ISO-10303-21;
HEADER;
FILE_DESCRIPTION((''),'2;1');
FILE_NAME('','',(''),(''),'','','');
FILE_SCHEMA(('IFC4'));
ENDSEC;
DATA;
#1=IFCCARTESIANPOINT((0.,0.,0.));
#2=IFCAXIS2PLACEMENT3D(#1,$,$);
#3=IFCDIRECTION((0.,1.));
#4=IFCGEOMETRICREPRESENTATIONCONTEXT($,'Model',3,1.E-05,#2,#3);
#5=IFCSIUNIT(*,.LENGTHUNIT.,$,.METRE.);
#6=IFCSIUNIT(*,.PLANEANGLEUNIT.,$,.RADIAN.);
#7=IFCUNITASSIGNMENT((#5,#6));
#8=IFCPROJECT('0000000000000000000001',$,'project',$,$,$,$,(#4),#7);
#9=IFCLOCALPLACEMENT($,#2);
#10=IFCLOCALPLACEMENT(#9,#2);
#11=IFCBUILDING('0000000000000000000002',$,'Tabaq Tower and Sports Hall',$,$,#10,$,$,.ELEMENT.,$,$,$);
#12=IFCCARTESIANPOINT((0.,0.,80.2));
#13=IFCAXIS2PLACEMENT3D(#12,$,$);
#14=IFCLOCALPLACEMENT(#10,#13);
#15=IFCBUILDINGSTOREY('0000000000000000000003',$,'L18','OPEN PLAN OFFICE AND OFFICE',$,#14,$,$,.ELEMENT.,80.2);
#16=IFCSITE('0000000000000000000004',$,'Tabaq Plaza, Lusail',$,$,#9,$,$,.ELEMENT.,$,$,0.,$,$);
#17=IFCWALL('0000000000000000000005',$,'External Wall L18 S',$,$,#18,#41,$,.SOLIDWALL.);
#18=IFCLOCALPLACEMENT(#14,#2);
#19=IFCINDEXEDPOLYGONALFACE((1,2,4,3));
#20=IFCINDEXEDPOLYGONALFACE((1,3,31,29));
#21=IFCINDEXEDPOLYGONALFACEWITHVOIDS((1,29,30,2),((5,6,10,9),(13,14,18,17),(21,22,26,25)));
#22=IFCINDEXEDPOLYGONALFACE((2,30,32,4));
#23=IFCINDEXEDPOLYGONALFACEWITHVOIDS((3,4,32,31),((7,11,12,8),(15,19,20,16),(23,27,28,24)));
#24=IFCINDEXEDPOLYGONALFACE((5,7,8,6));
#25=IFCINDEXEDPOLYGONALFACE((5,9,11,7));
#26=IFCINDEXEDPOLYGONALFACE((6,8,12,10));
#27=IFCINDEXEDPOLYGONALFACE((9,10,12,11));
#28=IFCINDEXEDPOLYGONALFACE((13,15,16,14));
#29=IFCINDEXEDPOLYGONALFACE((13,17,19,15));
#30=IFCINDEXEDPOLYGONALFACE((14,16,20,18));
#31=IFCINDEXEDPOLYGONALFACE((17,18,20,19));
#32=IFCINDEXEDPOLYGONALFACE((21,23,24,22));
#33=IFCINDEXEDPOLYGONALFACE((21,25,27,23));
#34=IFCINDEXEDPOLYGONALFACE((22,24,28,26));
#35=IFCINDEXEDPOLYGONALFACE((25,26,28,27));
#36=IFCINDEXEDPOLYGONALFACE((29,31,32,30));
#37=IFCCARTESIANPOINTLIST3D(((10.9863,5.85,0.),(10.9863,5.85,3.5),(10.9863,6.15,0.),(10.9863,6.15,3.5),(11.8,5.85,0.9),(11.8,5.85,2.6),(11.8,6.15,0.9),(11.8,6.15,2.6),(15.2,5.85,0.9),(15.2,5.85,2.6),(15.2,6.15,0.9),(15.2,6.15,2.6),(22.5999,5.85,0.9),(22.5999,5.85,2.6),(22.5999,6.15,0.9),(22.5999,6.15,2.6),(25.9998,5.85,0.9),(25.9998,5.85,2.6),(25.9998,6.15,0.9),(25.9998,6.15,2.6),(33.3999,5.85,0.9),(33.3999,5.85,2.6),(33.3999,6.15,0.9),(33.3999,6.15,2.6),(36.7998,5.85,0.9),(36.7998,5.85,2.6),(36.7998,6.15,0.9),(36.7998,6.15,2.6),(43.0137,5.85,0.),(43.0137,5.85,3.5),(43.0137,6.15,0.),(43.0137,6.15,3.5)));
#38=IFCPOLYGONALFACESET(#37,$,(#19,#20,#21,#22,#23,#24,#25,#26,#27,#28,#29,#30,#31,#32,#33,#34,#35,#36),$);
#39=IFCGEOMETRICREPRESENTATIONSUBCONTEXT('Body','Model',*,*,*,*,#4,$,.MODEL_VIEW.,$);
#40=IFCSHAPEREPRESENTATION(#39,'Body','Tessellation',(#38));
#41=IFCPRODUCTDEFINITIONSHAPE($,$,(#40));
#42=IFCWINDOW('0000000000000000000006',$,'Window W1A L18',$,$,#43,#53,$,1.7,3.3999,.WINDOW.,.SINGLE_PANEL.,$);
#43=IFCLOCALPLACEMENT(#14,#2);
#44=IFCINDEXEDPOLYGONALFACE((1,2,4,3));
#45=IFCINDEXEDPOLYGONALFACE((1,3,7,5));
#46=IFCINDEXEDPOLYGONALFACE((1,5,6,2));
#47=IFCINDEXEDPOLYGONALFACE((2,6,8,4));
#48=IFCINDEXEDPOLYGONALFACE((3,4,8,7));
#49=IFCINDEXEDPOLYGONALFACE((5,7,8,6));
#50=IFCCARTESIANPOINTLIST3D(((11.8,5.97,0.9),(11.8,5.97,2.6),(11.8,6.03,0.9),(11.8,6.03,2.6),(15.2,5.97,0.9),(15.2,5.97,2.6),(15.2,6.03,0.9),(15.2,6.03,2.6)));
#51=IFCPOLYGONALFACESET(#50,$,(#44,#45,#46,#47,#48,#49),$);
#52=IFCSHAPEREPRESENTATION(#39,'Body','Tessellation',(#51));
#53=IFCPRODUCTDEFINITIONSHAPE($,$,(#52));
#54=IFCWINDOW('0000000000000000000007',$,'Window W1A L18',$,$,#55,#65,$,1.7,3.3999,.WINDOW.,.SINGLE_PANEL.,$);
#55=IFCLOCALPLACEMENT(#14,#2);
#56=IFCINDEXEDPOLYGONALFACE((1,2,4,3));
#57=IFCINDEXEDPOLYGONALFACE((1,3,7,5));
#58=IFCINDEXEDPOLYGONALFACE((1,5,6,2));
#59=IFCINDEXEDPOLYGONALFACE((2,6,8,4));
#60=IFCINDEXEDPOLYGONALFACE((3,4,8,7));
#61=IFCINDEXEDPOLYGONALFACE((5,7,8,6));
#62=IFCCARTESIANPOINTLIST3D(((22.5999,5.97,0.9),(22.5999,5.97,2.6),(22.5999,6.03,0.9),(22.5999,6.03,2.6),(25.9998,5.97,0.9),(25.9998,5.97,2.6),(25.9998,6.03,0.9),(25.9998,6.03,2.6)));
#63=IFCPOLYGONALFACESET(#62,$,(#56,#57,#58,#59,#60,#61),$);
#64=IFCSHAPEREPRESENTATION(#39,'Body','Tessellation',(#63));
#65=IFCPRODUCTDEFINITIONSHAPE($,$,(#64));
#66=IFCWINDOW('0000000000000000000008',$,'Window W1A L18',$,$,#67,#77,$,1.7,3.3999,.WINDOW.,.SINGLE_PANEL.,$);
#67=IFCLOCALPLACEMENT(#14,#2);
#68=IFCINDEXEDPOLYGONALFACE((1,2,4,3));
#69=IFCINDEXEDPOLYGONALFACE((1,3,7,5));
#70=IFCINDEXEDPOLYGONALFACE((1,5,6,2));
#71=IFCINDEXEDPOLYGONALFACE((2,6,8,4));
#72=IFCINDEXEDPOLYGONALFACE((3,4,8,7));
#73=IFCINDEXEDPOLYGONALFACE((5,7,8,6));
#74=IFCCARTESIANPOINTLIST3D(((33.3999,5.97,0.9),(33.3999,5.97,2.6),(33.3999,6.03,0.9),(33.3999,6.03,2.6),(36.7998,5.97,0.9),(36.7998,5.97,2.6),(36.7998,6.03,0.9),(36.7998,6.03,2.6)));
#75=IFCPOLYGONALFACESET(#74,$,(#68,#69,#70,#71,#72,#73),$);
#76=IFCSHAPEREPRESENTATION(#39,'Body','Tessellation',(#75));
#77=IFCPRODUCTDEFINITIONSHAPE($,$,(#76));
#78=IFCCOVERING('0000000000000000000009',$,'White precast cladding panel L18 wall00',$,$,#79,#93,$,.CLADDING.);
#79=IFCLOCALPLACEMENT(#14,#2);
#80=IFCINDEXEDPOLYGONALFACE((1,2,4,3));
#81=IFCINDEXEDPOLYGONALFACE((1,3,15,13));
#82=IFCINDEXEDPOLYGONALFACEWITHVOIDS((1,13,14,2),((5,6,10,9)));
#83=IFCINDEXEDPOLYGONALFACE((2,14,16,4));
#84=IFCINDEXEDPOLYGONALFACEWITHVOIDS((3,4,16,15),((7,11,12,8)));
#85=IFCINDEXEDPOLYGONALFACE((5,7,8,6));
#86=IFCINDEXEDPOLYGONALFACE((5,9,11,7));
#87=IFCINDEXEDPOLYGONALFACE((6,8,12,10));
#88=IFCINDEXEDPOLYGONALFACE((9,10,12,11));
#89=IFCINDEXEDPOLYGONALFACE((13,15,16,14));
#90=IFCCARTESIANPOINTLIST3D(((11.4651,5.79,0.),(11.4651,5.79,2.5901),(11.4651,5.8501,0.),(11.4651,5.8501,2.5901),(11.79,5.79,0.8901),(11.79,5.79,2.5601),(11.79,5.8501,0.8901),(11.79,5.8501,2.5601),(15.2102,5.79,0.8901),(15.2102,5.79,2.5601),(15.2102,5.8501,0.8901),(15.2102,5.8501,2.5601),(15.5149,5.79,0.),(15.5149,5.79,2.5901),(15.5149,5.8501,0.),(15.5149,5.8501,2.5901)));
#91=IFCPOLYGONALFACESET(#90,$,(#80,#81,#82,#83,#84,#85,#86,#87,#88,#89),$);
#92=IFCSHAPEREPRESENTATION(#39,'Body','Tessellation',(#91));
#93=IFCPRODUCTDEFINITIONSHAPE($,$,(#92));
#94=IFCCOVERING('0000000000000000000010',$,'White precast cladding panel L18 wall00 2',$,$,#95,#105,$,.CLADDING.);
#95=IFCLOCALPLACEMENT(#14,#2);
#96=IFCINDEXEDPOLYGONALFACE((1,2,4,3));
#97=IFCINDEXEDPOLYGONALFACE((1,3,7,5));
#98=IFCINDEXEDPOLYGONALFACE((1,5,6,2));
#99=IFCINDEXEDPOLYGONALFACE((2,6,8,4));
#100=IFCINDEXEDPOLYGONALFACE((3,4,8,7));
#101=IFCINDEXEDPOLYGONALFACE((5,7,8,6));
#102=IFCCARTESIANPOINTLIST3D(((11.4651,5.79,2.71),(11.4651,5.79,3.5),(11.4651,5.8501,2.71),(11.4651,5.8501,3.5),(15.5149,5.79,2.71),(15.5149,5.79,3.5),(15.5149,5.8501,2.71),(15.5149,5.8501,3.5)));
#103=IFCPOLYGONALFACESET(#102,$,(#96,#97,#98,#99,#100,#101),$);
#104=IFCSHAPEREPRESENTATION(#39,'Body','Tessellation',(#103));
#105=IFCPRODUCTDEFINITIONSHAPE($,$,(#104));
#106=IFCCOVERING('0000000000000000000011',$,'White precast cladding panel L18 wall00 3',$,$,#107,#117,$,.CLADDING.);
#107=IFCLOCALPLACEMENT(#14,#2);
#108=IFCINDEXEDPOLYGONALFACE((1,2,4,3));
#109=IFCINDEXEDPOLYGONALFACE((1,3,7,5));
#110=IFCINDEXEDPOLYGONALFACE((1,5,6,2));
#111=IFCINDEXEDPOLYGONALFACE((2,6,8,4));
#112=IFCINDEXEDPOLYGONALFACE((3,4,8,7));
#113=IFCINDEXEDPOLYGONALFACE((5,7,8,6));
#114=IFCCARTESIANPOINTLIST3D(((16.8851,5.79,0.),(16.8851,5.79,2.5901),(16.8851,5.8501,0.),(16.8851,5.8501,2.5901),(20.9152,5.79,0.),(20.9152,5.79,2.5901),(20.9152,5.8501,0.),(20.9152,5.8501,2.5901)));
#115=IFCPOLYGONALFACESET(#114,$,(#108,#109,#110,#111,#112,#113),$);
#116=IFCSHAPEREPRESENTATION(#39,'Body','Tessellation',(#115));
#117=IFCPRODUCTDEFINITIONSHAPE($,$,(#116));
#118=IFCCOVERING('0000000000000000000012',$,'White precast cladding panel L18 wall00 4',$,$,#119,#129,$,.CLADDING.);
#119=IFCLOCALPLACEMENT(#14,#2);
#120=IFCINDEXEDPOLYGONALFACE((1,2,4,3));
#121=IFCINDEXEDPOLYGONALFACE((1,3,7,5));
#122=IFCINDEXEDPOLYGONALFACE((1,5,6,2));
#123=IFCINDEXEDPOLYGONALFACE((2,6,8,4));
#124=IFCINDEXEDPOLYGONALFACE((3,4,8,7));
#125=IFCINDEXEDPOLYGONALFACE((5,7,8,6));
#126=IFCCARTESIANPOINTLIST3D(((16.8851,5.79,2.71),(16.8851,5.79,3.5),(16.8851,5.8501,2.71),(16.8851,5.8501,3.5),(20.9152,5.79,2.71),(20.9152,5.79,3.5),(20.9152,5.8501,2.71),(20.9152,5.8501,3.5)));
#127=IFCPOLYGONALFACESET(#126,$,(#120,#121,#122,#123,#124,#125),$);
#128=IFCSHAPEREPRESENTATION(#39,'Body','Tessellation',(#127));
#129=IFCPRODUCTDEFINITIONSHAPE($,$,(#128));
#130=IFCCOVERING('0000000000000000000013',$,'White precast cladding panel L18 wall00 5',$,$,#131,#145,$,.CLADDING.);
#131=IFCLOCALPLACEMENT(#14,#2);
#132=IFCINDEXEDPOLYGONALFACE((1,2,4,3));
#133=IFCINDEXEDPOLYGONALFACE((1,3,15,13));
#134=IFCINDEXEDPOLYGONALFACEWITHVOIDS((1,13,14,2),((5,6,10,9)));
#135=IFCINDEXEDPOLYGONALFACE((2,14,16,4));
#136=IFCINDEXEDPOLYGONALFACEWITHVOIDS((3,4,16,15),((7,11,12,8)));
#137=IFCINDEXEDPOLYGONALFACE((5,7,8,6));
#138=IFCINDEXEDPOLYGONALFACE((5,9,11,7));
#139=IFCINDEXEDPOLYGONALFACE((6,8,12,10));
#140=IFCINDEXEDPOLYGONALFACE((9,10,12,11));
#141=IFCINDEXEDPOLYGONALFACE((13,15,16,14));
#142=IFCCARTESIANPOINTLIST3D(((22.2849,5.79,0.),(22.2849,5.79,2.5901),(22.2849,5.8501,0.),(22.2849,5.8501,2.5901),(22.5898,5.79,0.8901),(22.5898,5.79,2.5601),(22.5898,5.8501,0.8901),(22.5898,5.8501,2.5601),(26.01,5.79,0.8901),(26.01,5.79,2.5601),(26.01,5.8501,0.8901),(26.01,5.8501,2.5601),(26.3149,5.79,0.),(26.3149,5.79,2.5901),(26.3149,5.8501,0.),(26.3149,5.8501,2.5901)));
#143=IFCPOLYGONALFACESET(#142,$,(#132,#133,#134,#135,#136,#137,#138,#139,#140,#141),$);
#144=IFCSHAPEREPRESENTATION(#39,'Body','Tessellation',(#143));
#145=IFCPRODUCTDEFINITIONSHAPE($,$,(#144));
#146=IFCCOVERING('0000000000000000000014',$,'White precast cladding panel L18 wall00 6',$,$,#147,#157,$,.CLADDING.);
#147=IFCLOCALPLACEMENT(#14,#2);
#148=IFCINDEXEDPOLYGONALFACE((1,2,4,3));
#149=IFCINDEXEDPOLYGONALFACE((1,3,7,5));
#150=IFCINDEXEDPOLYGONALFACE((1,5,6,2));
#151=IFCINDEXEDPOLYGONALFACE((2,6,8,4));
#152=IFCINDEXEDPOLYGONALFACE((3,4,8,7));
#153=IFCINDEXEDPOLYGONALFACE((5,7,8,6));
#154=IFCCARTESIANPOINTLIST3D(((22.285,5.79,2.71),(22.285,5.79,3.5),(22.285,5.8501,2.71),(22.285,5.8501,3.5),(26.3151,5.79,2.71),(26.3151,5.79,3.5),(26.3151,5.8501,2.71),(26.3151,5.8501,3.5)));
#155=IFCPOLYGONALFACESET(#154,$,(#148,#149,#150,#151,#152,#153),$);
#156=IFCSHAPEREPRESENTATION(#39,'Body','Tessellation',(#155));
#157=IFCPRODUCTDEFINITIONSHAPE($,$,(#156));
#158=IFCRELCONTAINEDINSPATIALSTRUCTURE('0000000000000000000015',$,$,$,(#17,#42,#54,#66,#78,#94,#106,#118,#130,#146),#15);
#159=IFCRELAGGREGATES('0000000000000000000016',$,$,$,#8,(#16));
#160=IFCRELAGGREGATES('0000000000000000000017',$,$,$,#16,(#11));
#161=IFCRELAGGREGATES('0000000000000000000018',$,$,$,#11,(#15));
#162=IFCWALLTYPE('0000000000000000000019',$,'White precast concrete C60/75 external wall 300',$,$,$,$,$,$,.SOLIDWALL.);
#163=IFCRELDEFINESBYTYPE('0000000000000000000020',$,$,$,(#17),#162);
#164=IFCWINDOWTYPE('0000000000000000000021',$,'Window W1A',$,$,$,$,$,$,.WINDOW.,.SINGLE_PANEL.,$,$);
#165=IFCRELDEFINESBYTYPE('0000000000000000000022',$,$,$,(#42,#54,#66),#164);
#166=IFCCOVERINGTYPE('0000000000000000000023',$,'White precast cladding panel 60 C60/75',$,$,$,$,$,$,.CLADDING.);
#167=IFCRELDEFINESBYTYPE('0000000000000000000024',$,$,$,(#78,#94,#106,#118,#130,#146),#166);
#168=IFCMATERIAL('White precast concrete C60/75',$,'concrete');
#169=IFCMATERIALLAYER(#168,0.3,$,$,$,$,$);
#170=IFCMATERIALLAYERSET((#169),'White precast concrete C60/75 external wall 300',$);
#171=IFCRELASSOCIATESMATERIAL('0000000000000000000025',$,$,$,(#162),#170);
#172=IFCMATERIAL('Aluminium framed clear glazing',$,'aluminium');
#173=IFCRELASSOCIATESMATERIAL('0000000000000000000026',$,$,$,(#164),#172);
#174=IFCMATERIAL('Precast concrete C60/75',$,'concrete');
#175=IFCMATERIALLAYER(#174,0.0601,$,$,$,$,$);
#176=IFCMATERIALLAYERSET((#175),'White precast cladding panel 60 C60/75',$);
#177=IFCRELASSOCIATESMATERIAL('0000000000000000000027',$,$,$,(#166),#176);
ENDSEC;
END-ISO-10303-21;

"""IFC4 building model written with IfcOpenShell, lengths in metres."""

from ifc_helpers import new_model, si_unit, direction, frame, frame_2d, origin, place, context, subcontext, project, spatial, polyline, rectangle, outline, extrude, material, layer, layer_set, type_object, element, fill, save


model = new_model("IFC4")

# Units and contexts
model_context = context("Model", 3, precision=1e-05, world=origin(), true_north=direction((0.0, 1.0)))
body_context = subcontext(model_context, "Body", "Model", "MODEL_VIEW")
ifc_project = project(units=[si_unit("LENGTHUNIT", "METRE"), si_unit("PLANEANGLEUNIT", "RADIAN")], contexts=[model_context])

# Site, building, storey
site_placement = place(None, origin())
site = spatial("IfcSite", under=ifc_project, at=site_placement, Name="Tabaq Plaza, Lusail", CompositionType="ELEMENT", RefElevation=0.0)
building_placement = place(site_placement, origin())
building = spatial("IfcBuilding", under=site, at=building_placement, Name="Tabaq Tower and Sports Hall", CompositionType="ELEMENT")
storey_placement = place(building_placement, frame((0.0, 0.0, 80.2)))
storey = spatial("IfcBuildingStorey", under=building, at=storey_placement, Name="L18", Description="OPEN PLAN OFFICE AND OFFICE", CompositionType="ELEMENT", Elevation=80.2)

# Wall, openings, windows
ifc_material_1 = material(Name="White precast concrete C60/75", Category="concrete")
ifc_layer_1 = layer(ifc_material_1, 0.3)
ifc_layer_set_1 = layer_set([ifc_layer_1], Name="White precast concrete C60/75 external wall 300")
wall_type_1 = type_object("IfcWallType", Name="White precast concrete C60/75 external wall 300", PredefinedType="SOLIDWALL", material=ifc_layer_set_1)
wall_1_placement = place(storey_placement, frame((10.9863, 6.0, 0.0), z_axis=(0.0, 0.0, 1.0), x_axis=(1.0, 0.0, 0.0)))
wall_1 = element("IfcWall", 1, at=wall_1_placement, inside=storey, type_object=wall_type_1, Name="External Wall L18 S", PredefinedType="SOLIDWALL", context=body_context, shape_type="SweptSolid", body=[
    extrude(rectangle(XDim=32.0273, YDim=0.3, at=frame_2d((16.0137, 0.0))), origin(), (0.0, 0.0, 1.0), 3.5),
])
opening_1_placement = place(wall_1_placement, frame((0.8137, 0.0, 0.8999)))
opening_1 = element("IfcOpeningElement", 2, at=opening_1_placement, cuts=wall_1, PredefinedType="OPENING", context=body_context, shape_type="SweptSolid", body=[
    extrude(rectangle(XDim=3.3999, YDim=1.7, at=frame_2d((1.7, 0.8501))), frame((0.0, 0.1602, 0.0), z_axis=(0.0, -1.0, 0.0), x_axis=(1.0, 0.0, 0.0)), (0.0, 0.0, 1.0), 0.3201),
])
opening_2_placement = place(wall_1_placement, frame((11.6135, 0.0, 0.8999)))
opening_2 = element("IfcOpeningElement", 3, at=opening_2_placement, cuts=wall_1, PredefinedType="OPENING", context=body_context, shape_type="SweptSolid", body=[
    extrude(rectangle(XDim=3.3999, YDim=1.7, at=frame_2d((1.7, 0.8501))), frame((0.0, 0.1602, 0.0), z_axis=(0.0, -1.0, 0.0), x_axis=(1.0, 0.0, 0.0)), (0.0, 0.0, 1.0), 0.3201),
])
opening_3_placement = place(wall_1_placement, frame((22.4136, 0.0, 0.8999)))
opening_3 = element("IfcOpeningElement", 4, at=opening_3_placement, cuts=wall_1, PredefinedType="OPENING", context=body_context, shape_type="SweptSolid", body=[
    extrude(rectangle(XDim=3.3999, YDim=1.7, at=frame_2d((1.7, 0.8501))), frame((0.0, 0.1602, 0.0), z_axis=(0.0, -1.0, 0.0), x_axis=(1.0, 0.0, 0.0)), (0.0, 0.0, 1.0), 0.3201),
])
ifc_material_2 = material(Name="Aluminium framed clear glazing", Category="aluminium")
window_type = type_object("IfcWindowType", Name="Window W1A", PartitioningType="SINGLE_PANEL", PredefinedType="WINDOW", material=ifc_material_2)
window_1_placement = place(opening_1_placement, origin())
window_1 = element("IfcWindow", 5, at=window_1_placement, inside=storey, type_object=window_type, Name="Window W1A L18", OverallHeight=1.7, OverallWidth=3.3999, PartitioningType="SINGLE_PANEL", PredefinedType="WINDOW", context=body_context, shape_type="SweptSolid", body=[
    extrude(rectangle(XDim=3.3999, YDim=1.7, at=frame_2d((1.7, 0.8501))), frame((0.0, 0.03, 0.0), z_axis=(0.0, -1.0, 0.0), x_axis=(1.0, 0.0, 0.0)), (0.0, 0.0, 1.0), 0.0601),
])
fill(opening_1, window_1)
window_2_placement = place(opening_2_placement, origin())
window_2 = element("IfcWindow", 6, at=window_2_placement, inside=storey, type_object=window_type, Name="Window W1A L18", OverallHeight=1.7, OverallWidth=3.3999, PartitioningType="SINGLE_PANEL", PredefinedType="WINDOW", context=body_context, shape_type="SweptSolid", body=[
    extrude(rectangle(XDim=3.3999, YDim=1.7, at=frame_2d((1.7, 0.8501))), frame((0.0, 0.03, 0.0), z_axis=(0.0, -1.0, 0.0), x_axis=(1.0, 0.0, 0.0)), (0.0, 0.0, 1.0), 0.0601),
])
fill(opening_2, window_2)
window_3_placement = place(opening_3_placement, origin())
window_3 = element("IfcWindow", 7, at=window_3_placement, inside=storey, type_object=window_type, Name="Window W1A L18", OverallHeight=1.7, OverallWidth=3.3999, PartitioningType="SINGLE_PANEL", PredefinedType="WINDOW", context=body_context, shape_type="SweptSolid", body=[
    extrude(rectangle(XDim=3.3999, YDim=1.7, at=frame_2d((1.7, 0.8501))), frame((0.0, 0.03, 0.0), z_axis=(0.0, -1.0, 0.0), x_axis=(1.0, 0.0, 0.0)), (0.0, 0.0, 1.0), 0.0601),
])
fill(opening_3, window_3)

# Coverings
ifc_material_3 = material(Name="Precast concrete C60/75", Category="concrete")
ifc_layer_2 = layer(ifc_material_3, 0.0601)
ifc_layer_set_2 = layer_set([ifc_layer_2], Name="White precast cladding panel 60 C60/75")
covering_type = type_object("IfcCoveringType", Name="White precast cladding panel 60 C60/75", PredefinedType="CLADDING", material=ifc_layer_set_2)
covering_1_placement = place(storey_placement, frame((11.4651, 5.8201, 0.0), z_axis=(0.0, 0.0, 1.0), x_axis=(1.0, 0.0, 0.0)))
element("IfcCovering", 8, at=covering_1_placement, inside=storey, type_object=covering_type, Name="White precast cladding panel L18 wall00", PredefinedType="CLADDING", context=body_context, shape_type="SweptSolid", body=[
    extrude(outline(polyline([(0.0, 0.0), (4.0498, 0.0), (4.0498, 2.5901), (0.0, 2.5901), (0.0, 0.0)]), holes=[polyline([(3.7451, 0.8901), (0.325, 0.8901), (0.325, 2.5601), (3.7451, 2.5601), (3.7451, 0.8901)])]), frame((0.0, 0.03, 0.0), z_axis=(0.0, -1.0, 0.0), x_axis=(1.0, 0.0, 0.0)), (0.0, 0.0, 1.0), 0.0601),
])
covering_2_placement = place(storey_placement, frame((11.4651, 5.8201, 2.71), z_axis=(0.0, 0.0, 1.0), x_axis=(1.0, 0.0, 0.0)))
element("IfcCovering", 9, at=covering_2_placement, inside=storey, type_object=covering_type, Name="White precast cladding panel L18 wall00 2", PredefinedType="CLADDING", context=body_context, shape_type="SweptSolid", body=[
    extrude(rectangle(XDim=4.0498, YDim=0.0601, at=frame_2d((2.0249, 0.0))), origin(), (0.0, 0.0, 1.0), 0.79),
])
covering_3_placement = place(storey_placement, frame((16.885, 5.8201, 0.0), z_axis=(0.0, 0.0, 1.0), x_axis=(1.0, 0.0, 0.0)))
element("IfcCovering", 10, at=covering_3_placement, inside=storey, type_object=covering_type, Name="White precast cladding panel L18 wall00 3", PredefinedType="CLADDING", context=body_context, shape_type="SweptSolid", body=[
    extrude(rectangle(XDim=4.03, YDim=0.0601, at=frame_2d((2.0151, 0.0))), origin(), (0.0, 0.0, 1.0), 2.5901),
])
covering_4_placement = place(storey_placement, frame((16.885, 5.8201, 2.71), z_axis=(0.0, 0.0, 1.0), x_axis=(1.0, 0.0, 0.0)))
element("IfcCovering", 11, at=covering_4_placement, inside=storey, type_object=covering_type, Name="White precast cladding panel L18 wall00 4", PredefinedType="CLADDING", context=body_context, shape_type="SweptSolid", body=[
    extrude(rectangle(XDim=4.03, YDim=0.0601, at=frame_2d((2.0151, 0.0))), origin(), (0.0, 0.0, 1.0), 0.79),
])
covering_5_placement = place(storey_placement, frame((22.2849, 5.8201, 0.0), z_axis=(0.0, 0.0, 1.0), x_axis=(1.0, 0.0, 0.0)))
element("IfcCovering", 12, at=covering_5_placement, inside=storey, type_object=covering_type, Name="White precast cladding panel L18 wall00 5", PredefinedType="CLADDING", context=body_context, shape_type="SweptSolid", body=[
    extrude(outline(polyline([(0.0, 0.0), (4.03, 0.0), (4.03, 2.5901), (0.0, 2.5901), (0.0, 0.0)]), holes=[polyline([(3.7251, 0.8901), (0.3049, 0.8901), (0.3049, 2.5601), (3.7251, 2.5601), (3.7251, 0.8901)])]), frame((0.0, 0.03, 0.0), z_axis=(0.0, -1.0, 0.0), x_axis=(1.0, 0.0, 0.0)), (0.0, 0.0, 1.0), 0.0601),
])
covering_6_placement = place(storey_placement, frame((22.2849, 5.8201, 2.71), z_axis=(0.0, 0.0, 1.0), x_axis=(1.0, 0.0, 0.0)))
element("IfcCovering", 13, at=covering_6_placement, inside=storey, type_object=covering_type, Name="White precast cladding panel L18 wall00 6", PredefinedType="CLADDING", context=body_context, shape_type="SweptSolid", body=[
    extrude(rectangle(XDim=4.03, YDim=0.0601, at=frame_2d((2.0151, 0.0))), origin(), (0.0, 0.0, 1.0), 0.79),
])

save(model, "model.ifc")
